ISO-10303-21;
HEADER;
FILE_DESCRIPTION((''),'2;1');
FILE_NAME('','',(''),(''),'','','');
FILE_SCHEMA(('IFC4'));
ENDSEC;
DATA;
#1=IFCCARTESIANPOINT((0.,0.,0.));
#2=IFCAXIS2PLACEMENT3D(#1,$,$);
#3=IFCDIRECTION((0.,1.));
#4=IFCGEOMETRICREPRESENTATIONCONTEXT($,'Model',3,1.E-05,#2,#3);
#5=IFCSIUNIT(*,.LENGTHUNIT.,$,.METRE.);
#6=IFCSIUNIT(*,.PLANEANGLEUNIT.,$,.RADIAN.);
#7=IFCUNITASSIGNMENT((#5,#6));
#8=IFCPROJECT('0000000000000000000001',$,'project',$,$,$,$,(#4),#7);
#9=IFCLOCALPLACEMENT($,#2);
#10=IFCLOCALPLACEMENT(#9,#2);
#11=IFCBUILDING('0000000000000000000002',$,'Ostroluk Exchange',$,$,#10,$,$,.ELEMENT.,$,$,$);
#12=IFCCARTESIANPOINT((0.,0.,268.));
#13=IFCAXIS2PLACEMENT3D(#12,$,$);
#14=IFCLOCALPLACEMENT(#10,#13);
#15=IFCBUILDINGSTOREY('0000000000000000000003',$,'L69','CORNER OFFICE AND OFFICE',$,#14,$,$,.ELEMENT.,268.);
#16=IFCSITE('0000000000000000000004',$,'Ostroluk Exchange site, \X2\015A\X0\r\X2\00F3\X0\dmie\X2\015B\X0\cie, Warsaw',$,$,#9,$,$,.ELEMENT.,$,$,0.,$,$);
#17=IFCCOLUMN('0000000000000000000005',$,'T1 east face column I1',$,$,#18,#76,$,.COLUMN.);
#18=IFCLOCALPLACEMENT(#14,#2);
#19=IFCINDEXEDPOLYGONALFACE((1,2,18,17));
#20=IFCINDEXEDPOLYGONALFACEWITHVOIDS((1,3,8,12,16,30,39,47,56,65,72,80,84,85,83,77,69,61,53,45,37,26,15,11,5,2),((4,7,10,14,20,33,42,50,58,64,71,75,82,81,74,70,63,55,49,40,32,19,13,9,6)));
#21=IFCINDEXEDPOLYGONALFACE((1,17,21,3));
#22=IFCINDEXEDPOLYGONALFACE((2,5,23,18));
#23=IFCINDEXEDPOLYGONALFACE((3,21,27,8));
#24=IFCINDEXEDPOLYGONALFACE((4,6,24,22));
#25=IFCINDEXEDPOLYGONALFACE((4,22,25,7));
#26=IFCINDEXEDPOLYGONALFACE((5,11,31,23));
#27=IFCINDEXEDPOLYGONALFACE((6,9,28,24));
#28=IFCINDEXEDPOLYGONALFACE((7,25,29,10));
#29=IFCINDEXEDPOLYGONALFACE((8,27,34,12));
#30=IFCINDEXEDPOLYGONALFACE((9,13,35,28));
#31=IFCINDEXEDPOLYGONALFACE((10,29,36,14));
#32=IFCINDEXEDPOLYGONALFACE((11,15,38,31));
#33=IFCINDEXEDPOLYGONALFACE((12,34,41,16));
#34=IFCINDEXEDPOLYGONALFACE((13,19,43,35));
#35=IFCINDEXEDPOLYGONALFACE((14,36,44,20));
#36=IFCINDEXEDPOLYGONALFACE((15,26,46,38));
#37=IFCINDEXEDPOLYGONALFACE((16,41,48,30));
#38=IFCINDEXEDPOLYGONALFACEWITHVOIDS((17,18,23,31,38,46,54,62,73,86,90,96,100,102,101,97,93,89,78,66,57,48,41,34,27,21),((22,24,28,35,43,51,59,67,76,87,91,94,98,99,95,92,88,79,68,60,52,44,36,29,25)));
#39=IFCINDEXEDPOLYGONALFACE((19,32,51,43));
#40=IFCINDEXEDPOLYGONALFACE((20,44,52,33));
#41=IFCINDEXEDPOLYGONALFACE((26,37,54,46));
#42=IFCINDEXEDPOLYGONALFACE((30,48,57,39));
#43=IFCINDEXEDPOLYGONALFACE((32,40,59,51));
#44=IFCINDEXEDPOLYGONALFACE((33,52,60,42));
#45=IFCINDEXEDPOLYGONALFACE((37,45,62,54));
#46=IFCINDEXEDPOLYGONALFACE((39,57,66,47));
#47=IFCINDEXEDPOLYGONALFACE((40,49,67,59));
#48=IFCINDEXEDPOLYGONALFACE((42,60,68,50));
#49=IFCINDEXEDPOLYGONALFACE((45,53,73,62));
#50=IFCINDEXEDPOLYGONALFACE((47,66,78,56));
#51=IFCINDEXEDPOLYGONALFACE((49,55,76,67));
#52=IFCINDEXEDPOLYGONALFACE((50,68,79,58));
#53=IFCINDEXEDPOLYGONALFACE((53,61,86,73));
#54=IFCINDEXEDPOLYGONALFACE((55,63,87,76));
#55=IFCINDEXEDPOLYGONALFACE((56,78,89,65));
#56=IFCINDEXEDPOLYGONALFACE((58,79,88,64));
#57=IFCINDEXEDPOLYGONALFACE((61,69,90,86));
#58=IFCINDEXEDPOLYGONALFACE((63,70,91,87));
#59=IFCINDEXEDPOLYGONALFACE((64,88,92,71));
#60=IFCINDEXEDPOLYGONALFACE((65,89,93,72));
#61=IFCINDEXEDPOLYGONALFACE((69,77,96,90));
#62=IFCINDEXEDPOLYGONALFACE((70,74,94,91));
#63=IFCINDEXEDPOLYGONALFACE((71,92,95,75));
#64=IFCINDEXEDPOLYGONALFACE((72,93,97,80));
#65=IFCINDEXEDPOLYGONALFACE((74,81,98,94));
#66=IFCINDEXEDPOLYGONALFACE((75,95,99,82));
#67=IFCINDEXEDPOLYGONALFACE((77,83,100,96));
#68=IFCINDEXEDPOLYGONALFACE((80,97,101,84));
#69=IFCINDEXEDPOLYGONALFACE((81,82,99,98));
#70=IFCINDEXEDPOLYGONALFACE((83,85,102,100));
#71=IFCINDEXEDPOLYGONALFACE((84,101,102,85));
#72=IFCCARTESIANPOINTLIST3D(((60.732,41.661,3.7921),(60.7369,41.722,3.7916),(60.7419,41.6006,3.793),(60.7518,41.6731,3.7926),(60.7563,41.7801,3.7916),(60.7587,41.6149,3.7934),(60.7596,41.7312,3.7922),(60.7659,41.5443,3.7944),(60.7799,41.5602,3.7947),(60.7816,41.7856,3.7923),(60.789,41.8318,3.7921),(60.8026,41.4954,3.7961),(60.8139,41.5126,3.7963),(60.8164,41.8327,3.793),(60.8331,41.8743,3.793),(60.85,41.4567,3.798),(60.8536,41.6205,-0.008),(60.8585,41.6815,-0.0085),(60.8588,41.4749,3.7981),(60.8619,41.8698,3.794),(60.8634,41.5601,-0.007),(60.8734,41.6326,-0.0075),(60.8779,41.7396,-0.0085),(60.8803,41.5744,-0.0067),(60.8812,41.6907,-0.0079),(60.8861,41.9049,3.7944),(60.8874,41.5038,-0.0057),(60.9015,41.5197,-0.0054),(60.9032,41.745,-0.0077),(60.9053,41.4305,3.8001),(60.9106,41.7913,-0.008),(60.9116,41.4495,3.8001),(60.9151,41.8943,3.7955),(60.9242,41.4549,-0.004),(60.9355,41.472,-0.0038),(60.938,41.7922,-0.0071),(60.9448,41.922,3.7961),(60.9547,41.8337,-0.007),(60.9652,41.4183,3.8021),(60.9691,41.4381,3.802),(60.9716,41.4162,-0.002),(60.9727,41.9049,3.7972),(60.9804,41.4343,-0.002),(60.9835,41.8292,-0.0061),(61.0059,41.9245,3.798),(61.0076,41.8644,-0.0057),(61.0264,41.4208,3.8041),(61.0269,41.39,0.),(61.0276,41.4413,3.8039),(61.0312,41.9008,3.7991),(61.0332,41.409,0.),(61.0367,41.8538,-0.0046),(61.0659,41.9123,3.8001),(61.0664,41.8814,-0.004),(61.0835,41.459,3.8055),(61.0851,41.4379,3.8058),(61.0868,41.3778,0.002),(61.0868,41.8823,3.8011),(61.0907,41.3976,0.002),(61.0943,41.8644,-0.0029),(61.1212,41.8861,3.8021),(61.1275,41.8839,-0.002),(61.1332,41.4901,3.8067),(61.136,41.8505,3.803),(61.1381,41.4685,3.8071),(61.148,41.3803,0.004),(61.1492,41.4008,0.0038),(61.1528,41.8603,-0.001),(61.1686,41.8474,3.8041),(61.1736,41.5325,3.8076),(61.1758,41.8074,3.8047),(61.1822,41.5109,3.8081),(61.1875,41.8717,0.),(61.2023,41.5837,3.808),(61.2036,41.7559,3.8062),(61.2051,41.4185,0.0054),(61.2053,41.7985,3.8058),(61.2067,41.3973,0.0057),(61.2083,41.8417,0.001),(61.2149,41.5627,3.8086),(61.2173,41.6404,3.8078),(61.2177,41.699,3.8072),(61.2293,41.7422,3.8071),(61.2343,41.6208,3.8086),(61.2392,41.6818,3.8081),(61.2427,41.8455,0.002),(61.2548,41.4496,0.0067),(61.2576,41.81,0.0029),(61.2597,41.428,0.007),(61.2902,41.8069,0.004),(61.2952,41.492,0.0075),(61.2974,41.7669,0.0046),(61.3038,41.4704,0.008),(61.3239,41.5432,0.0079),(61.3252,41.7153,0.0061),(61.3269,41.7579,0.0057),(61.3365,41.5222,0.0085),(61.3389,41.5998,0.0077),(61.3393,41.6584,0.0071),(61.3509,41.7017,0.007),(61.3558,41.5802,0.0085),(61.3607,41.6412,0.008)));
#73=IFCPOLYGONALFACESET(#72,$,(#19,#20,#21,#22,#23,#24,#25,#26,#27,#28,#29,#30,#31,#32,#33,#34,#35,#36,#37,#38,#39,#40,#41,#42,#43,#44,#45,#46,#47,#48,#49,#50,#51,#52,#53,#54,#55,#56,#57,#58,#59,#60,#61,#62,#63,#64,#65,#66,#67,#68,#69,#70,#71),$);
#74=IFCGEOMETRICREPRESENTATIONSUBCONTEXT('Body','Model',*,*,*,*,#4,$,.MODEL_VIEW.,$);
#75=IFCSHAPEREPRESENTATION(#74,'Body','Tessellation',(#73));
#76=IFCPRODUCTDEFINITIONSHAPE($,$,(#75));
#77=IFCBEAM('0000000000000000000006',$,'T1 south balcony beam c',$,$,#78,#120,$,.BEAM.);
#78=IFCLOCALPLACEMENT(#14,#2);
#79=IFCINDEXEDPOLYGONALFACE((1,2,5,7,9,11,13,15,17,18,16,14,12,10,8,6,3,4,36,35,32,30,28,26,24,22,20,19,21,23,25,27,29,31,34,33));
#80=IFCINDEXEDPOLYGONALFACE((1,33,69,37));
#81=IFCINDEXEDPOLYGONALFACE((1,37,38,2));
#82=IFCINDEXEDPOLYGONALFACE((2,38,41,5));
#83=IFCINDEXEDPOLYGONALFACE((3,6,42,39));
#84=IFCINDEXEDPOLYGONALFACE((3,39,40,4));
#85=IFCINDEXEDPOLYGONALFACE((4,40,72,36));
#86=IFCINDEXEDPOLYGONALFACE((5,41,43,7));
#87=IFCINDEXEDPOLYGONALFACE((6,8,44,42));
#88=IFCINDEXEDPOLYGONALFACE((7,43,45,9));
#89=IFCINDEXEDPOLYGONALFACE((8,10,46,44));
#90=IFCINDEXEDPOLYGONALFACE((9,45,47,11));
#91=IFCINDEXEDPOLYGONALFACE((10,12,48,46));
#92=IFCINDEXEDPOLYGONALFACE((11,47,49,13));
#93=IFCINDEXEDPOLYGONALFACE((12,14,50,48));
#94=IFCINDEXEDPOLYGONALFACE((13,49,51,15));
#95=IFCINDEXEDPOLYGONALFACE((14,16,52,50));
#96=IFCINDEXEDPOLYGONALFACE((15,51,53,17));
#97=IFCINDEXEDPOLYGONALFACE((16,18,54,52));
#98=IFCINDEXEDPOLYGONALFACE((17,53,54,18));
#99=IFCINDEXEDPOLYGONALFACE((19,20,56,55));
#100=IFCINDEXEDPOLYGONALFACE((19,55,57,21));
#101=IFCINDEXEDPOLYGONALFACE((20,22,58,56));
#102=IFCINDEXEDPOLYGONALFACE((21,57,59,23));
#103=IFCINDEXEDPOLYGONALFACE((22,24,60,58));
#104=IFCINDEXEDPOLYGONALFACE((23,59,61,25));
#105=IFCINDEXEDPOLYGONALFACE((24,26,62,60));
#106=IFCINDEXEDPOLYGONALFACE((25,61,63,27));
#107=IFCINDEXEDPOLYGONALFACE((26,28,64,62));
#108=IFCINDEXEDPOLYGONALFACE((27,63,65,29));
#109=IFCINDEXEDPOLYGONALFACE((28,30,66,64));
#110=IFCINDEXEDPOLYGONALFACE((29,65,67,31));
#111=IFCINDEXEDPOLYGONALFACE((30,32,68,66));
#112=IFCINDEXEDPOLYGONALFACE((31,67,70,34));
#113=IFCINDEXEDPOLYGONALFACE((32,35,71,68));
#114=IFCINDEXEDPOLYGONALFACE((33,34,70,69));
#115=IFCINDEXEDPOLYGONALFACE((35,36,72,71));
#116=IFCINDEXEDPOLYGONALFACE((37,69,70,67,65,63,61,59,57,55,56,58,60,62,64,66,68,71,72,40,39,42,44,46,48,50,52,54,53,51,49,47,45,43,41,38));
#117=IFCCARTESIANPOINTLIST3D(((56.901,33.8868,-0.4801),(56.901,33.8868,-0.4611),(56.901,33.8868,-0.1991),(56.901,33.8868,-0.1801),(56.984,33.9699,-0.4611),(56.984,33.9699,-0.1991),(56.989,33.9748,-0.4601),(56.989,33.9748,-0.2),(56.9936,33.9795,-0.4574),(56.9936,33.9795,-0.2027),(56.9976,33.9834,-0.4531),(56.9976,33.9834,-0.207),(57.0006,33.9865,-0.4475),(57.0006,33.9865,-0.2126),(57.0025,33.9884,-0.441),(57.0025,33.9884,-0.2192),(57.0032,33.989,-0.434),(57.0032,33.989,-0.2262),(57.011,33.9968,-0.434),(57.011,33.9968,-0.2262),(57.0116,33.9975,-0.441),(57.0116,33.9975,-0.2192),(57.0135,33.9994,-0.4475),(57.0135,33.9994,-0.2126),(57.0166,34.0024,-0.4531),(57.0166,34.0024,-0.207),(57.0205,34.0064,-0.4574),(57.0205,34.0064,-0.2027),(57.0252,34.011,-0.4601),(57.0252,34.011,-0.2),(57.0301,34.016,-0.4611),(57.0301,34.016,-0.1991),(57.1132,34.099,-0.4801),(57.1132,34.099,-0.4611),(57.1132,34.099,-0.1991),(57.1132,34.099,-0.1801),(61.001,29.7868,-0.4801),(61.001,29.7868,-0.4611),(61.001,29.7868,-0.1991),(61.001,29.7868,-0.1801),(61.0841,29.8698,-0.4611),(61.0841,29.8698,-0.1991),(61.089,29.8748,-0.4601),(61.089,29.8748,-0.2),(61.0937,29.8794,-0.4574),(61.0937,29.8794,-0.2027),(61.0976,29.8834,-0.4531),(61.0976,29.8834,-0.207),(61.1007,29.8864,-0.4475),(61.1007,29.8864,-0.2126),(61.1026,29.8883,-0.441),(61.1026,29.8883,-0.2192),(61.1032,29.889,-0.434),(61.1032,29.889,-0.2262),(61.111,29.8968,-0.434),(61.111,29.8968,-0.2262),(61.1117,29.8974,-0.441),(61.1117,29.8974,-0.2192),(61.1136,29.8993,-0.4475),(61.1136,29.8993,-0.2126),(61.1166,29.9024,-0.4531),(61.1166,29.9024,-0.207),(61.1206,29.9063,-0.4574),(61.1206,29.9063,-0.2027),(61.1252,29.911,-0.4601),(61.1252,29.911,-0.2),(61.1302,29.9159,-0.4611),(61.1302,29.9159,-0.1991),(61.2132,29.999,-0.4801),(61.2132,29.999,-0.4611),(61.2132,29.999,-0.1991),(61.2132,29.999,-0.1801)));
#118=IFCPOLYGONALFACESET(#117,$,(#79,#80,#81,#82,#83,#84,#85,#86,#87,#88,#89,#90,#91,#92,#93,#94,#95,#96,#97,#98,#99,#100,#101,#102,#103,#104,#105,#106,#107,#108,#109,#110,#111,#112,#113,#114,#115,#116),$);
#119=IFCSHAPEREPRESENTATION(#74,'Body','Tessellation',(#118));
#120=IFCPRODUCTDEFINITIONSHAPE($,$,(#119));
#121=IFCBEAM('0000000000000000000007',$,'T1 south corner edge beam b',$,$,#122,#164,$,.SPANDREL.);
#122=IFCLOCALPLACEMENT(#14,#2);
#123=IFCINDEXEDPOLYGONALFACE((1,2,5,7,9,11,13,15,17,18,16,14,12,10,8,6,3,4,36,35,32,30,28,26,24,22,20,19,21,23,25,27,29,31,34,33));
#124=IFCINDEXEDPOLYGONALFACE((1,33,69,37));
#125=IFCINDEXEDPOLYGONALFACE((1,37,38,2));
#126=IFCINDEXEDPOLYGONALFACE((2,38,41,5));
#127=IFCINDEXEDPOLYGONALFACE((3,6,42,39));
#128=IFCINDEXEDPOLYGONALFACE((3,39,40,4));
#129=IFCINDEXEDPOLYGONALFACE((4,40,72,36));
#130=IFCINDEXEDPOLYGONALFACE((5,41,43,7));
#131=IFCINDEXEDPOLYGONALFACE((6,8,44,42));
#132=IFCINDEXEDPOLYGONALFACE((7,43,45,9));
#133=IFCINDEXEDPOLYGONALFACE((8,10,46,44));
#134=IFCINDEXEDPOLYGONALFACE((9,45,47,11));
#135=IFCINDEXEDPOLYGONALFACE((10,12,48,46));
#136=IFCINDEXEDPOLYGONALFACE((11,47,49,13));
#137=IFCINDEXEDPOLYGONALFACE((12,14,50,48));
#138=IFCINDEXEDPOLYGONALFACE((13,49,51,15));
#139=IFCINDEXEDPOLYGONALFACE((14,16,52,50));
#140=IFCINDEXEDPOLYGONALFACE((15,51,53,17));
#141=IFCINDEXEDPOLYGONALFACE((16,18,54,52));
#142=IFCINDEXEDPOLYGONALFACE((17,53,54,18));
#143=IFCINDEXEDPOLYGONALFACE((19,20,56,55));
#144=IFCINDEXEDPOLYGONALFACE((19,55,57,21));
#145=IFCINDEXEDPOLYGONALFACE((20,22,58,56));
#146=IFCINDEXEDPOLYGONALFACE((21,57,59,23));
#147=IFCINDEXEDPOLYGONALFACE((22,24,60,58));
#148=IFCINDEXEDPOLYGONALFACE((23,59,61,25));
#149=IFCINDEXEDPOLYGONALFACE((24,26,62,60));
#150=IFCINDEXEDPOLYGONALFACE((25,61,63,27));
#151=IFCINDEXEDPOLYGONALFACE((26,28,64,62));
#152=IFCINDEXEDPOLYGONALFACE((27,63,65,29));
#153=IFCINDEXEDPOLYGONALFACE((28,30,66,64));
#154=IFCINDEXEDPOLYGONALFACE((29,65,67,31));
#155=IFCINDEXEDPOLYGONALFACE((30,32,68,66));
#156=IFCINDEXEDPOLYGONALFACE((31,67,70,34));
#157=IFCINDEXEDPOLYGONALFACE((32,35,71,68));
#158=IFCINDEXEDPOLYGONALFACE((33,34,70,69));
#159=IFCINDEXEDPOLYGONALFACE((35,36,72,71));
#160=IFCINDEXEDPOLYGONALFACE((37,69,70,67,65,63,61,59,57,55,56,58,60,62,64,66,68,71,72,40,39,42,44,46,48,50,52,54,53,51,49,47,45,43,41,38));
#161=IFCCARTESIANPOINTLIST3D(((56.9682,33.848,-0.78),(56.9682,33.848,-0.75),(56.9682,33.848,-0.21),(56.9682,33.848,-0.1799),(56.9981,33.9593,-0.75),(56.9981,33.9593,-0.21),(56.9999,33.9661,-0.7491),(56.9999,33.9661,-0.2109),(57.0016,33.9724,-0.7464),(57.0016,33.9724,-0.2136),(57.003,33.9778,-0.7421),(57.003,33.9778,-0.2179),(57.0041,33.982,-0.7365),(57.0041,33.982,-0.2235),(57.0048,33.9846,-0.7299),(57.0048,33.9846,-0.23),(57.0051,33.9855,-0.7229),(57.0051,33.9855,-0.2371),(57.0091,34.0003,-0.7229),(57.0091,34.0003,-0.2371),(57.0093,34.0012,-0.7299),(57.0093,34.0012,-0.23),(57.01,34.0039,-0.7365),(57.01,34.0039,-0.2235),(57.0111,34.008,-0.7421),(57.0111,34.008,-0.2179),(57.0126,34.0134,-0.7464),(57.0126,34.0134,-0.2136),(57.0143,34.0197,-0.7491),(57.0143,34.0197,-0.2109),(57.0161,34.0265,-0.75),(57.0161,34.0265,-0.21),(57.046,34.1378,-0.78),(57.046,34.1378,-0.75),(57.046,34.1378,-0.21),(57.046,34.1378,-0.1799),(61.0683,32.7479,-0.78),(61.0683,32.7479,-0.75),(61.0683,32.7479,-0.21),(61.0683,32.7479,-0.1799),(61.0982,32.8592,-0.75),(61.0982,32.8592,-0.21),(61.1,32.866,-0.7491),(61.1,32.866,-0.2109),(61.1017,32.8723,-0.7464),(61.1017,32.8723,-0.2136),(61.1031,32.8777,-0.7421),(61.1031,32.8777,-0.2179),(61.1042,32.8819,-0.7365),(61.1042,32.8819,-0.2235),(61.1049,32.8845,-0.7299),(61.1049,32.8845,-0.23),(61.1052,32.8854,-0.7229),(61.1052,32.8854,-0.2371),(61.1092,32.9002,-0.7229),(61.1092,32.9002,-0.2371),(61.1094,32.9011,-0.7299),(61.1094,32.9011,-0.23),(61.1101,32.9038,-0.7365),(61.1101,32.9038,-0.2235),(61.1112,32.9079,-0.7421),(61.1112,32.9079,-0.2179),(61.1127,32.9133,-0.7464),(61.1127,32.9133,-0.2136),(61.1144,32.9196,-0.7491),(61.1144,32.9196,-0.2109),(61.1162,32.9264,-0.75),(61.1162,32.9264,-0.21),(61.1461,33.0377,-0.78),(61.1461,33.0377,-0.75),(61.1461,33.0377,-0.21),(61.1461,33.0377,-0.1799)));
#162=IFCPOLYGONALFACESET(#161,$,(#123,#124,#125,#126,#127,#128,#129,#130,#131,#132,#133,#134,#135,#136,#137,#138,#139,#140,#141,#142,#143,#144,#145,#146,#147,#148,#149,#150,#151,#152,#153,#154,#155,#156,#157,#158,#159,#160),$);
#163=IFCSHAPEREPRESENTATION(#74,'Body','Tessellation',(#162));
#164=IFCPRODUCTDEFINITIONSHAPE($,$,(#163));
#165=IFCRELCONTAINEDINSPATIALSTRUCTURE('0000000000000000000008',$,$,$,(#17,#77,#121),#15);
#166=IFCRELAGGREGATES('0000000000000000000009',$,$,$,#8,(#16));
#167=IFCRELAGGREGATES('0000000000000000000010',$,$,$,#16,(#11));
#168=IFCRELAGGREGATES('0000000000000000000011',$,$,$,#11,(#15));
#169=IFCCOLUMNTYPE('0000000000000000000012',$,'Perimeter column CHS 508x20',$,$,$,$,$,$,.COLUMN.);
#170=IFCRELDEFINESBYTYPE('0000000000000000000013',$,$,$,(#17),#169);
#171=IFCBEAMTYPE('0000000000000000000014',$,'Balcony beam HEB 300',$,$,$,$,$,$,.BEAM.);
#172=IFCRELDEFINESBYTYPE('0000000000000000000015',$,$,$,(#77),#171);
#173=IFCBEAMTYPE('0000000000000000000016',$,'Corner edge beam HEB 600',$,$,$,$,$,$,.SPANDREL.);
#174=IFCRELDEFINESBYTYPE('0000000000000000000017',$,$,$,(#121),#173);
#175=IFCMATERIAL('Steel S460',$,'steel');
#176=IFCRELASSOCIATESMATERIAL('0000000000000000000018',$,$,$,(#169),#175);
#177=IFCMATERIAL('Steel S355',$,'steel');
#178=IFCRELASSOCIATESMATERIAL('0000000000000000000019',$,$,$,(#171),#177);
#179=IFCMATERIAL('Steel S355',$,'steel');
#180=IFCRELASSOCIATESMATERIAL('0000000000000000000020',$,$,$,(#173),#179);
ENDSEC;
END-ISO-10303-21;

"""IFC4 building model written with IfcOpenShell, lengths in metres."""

from ifc_helpers import new_model, si_unit, direction, frame, origin, origin_2d, place, context, subcontext, project, spatial, hollow_circle, i_section, extrude, material, material_profile, profile_set, type_object, element, save


model = new_model("IFC4")

# Units and contexts
model_context = context("Model", 3, precision=1e-05, world=origin(), true_north=direction((0.0, 1.0)))
body_context = subcontext(model_context, "Body", "Model", "MODEL_VIEW")
ifc_project = project(units=[si_unit("LENGTHUNIT", "METRE"), si_unit("PLANEANGLEUNIT", "RADIAN")], contexts=[model_context])

# Site, building, storey
site_placement = place(None, origin())
site = spatial("IfcSite", under=ifc_project, at=site_placement, Name="Ostroluk Exchange site, Śródmieście, Warsaw", CompositionType="ELEMENT", RefElevation=0.0)
building_placement = place(site_placement, origin())
building = spatial("IfcBuilding", under=site, at=building_placement, Name="Ostroluk Exchange", CompositionType="ELEMENT")
storey_placement = place(building_placement, frame((0.0, 0.0, 268.0)))
storey = spatial("IfcBuildingStorey", under=building, at=storey_placement, Name="L69", Description="CORNER OFFICE AND OFFICE", CompositionType="ELEMENT", Elevation=268.0)

# Column
ifc_material_1 = material(Name="Steel S460", Category="steel")
ifc_material_profile_1 = material_profile(ifc_material_1, hollow_circle(Radius=0.2539, WallThickness=0.02, at=origin_2d()), Name="CHS 508x20")
ifc_profile_set_1 = profile_set([ifc_material_profile_1], Name="Steel S460")
column_type = type_object("IfcColumnType", Name="Perimeter column CHS 508x20", PredefinedType="COLUMN", material=ifc_profile_set_1)
column_placement = place(storey_placement, frame((61.1072, 41.6309, 0.0), z_axis=(-0.031977, 0.010659, 0.999432), x_axis=(-0.316228, -0.948683, 0.0)))
element("IfcColumn", 1, at=column_placement, inside=storey, type_object=column_type, Name="T1 east face column I1", PredefinedType="COLUMN", context=body_context, shape_type="SweptSolid", body=[
    extrude(hollow_circle(Radius=0.2539, WallThickness=0.02, at=origin_2d()), origin(), (0.0, 0.0, 1.0), 3.8022),
])

# Beams
ifc_material_2 = material(Name="Steel S355", Category="steel")
ifc_material_profile_2 = material_profile(ifc_material_2, i_section(OverallWidth=0.3, OverallDepth=0.3, WebThickness=0.011, FlangeThickness=0.019, FilletRadius=0.0271, at=origin_2d()), Name="HEB 300")
ifc_profile_set_2 = profile_set([ifc_material_profile_2], Name="Steel S355")
beam_type_1 = type_object("IfcBeamType", Name="Balcony beam HEB 300", PredefinedType="BEAM", material=ifc_profile_set_2)
beam_1_placement = place(storey_placement, frame((57.0071, 33.9929, -0.3301), z_axis=(0.707107, -0.707107, 0.0), x_axis=(0.707107, 0.707107, 0.0)))
element("IfcBeam", 2, at=beam_1_placement, inside=storey, type_object=beam_type_1, Name="T1 south balcony beam c", PredefinedType="BEAM", context=body_context, shape_type="SweptSolid", body=[
    extrude(i_section(OverallWidth=0.3, OverallDepth=0.3, WebThickness=0.011, FlangeThickness=0.019, FilletRadius=0.0271, at=origin_2d()), origin(), (0.0, 0.0, 1.0), 5.7983),
])
ifc_material_3 = material(Name="Steel S355", Category="steel")
ifc_material_profile_3 = material_profile(ifc_material_3, i_section(OverallWidth=0.3, OverallDepth=0.6001, WebThickness=0.0154, FlangeThickness=0.03, FilletRadius=0.0271, at=origin_2d()), Name="HEB 600")
ifc_profile_set_3 = profile_set([ifc_material_profile_3], Name="Steel S355")
beam_type_2 = type_object("IfcBeamType", Name="Corner edge beam HEB 600", PredefinedType="SPANDREL", material=ifc_profile_set_3)
beam_2_placement = place(storey_placement, frame((57.0071, 33.9929, -0.48), z_axis=(0.965839, -0.259144, 0.0), x_axis=(0.259144, 0.965839, 0.0)))
element("IfcBeam", 3, at=beam_2_placement, inside=storey, type_object=beam_type_2, Name="T1 south corner edge beam b", PredefinedType="SPANDREL", context=body_context, shape_type="SweptSolid", body=[
    extrude(i_section(OverallWidth=0.3, OverallDepth=0.6001, WebThickness=0.0154, FlangeThickness=0.03, FilletRadius=0.0271, at=origin_2d()), origin(), (0.0, 0.0, 1.0), 4.2451),
])

save(model, "model.ifc")
